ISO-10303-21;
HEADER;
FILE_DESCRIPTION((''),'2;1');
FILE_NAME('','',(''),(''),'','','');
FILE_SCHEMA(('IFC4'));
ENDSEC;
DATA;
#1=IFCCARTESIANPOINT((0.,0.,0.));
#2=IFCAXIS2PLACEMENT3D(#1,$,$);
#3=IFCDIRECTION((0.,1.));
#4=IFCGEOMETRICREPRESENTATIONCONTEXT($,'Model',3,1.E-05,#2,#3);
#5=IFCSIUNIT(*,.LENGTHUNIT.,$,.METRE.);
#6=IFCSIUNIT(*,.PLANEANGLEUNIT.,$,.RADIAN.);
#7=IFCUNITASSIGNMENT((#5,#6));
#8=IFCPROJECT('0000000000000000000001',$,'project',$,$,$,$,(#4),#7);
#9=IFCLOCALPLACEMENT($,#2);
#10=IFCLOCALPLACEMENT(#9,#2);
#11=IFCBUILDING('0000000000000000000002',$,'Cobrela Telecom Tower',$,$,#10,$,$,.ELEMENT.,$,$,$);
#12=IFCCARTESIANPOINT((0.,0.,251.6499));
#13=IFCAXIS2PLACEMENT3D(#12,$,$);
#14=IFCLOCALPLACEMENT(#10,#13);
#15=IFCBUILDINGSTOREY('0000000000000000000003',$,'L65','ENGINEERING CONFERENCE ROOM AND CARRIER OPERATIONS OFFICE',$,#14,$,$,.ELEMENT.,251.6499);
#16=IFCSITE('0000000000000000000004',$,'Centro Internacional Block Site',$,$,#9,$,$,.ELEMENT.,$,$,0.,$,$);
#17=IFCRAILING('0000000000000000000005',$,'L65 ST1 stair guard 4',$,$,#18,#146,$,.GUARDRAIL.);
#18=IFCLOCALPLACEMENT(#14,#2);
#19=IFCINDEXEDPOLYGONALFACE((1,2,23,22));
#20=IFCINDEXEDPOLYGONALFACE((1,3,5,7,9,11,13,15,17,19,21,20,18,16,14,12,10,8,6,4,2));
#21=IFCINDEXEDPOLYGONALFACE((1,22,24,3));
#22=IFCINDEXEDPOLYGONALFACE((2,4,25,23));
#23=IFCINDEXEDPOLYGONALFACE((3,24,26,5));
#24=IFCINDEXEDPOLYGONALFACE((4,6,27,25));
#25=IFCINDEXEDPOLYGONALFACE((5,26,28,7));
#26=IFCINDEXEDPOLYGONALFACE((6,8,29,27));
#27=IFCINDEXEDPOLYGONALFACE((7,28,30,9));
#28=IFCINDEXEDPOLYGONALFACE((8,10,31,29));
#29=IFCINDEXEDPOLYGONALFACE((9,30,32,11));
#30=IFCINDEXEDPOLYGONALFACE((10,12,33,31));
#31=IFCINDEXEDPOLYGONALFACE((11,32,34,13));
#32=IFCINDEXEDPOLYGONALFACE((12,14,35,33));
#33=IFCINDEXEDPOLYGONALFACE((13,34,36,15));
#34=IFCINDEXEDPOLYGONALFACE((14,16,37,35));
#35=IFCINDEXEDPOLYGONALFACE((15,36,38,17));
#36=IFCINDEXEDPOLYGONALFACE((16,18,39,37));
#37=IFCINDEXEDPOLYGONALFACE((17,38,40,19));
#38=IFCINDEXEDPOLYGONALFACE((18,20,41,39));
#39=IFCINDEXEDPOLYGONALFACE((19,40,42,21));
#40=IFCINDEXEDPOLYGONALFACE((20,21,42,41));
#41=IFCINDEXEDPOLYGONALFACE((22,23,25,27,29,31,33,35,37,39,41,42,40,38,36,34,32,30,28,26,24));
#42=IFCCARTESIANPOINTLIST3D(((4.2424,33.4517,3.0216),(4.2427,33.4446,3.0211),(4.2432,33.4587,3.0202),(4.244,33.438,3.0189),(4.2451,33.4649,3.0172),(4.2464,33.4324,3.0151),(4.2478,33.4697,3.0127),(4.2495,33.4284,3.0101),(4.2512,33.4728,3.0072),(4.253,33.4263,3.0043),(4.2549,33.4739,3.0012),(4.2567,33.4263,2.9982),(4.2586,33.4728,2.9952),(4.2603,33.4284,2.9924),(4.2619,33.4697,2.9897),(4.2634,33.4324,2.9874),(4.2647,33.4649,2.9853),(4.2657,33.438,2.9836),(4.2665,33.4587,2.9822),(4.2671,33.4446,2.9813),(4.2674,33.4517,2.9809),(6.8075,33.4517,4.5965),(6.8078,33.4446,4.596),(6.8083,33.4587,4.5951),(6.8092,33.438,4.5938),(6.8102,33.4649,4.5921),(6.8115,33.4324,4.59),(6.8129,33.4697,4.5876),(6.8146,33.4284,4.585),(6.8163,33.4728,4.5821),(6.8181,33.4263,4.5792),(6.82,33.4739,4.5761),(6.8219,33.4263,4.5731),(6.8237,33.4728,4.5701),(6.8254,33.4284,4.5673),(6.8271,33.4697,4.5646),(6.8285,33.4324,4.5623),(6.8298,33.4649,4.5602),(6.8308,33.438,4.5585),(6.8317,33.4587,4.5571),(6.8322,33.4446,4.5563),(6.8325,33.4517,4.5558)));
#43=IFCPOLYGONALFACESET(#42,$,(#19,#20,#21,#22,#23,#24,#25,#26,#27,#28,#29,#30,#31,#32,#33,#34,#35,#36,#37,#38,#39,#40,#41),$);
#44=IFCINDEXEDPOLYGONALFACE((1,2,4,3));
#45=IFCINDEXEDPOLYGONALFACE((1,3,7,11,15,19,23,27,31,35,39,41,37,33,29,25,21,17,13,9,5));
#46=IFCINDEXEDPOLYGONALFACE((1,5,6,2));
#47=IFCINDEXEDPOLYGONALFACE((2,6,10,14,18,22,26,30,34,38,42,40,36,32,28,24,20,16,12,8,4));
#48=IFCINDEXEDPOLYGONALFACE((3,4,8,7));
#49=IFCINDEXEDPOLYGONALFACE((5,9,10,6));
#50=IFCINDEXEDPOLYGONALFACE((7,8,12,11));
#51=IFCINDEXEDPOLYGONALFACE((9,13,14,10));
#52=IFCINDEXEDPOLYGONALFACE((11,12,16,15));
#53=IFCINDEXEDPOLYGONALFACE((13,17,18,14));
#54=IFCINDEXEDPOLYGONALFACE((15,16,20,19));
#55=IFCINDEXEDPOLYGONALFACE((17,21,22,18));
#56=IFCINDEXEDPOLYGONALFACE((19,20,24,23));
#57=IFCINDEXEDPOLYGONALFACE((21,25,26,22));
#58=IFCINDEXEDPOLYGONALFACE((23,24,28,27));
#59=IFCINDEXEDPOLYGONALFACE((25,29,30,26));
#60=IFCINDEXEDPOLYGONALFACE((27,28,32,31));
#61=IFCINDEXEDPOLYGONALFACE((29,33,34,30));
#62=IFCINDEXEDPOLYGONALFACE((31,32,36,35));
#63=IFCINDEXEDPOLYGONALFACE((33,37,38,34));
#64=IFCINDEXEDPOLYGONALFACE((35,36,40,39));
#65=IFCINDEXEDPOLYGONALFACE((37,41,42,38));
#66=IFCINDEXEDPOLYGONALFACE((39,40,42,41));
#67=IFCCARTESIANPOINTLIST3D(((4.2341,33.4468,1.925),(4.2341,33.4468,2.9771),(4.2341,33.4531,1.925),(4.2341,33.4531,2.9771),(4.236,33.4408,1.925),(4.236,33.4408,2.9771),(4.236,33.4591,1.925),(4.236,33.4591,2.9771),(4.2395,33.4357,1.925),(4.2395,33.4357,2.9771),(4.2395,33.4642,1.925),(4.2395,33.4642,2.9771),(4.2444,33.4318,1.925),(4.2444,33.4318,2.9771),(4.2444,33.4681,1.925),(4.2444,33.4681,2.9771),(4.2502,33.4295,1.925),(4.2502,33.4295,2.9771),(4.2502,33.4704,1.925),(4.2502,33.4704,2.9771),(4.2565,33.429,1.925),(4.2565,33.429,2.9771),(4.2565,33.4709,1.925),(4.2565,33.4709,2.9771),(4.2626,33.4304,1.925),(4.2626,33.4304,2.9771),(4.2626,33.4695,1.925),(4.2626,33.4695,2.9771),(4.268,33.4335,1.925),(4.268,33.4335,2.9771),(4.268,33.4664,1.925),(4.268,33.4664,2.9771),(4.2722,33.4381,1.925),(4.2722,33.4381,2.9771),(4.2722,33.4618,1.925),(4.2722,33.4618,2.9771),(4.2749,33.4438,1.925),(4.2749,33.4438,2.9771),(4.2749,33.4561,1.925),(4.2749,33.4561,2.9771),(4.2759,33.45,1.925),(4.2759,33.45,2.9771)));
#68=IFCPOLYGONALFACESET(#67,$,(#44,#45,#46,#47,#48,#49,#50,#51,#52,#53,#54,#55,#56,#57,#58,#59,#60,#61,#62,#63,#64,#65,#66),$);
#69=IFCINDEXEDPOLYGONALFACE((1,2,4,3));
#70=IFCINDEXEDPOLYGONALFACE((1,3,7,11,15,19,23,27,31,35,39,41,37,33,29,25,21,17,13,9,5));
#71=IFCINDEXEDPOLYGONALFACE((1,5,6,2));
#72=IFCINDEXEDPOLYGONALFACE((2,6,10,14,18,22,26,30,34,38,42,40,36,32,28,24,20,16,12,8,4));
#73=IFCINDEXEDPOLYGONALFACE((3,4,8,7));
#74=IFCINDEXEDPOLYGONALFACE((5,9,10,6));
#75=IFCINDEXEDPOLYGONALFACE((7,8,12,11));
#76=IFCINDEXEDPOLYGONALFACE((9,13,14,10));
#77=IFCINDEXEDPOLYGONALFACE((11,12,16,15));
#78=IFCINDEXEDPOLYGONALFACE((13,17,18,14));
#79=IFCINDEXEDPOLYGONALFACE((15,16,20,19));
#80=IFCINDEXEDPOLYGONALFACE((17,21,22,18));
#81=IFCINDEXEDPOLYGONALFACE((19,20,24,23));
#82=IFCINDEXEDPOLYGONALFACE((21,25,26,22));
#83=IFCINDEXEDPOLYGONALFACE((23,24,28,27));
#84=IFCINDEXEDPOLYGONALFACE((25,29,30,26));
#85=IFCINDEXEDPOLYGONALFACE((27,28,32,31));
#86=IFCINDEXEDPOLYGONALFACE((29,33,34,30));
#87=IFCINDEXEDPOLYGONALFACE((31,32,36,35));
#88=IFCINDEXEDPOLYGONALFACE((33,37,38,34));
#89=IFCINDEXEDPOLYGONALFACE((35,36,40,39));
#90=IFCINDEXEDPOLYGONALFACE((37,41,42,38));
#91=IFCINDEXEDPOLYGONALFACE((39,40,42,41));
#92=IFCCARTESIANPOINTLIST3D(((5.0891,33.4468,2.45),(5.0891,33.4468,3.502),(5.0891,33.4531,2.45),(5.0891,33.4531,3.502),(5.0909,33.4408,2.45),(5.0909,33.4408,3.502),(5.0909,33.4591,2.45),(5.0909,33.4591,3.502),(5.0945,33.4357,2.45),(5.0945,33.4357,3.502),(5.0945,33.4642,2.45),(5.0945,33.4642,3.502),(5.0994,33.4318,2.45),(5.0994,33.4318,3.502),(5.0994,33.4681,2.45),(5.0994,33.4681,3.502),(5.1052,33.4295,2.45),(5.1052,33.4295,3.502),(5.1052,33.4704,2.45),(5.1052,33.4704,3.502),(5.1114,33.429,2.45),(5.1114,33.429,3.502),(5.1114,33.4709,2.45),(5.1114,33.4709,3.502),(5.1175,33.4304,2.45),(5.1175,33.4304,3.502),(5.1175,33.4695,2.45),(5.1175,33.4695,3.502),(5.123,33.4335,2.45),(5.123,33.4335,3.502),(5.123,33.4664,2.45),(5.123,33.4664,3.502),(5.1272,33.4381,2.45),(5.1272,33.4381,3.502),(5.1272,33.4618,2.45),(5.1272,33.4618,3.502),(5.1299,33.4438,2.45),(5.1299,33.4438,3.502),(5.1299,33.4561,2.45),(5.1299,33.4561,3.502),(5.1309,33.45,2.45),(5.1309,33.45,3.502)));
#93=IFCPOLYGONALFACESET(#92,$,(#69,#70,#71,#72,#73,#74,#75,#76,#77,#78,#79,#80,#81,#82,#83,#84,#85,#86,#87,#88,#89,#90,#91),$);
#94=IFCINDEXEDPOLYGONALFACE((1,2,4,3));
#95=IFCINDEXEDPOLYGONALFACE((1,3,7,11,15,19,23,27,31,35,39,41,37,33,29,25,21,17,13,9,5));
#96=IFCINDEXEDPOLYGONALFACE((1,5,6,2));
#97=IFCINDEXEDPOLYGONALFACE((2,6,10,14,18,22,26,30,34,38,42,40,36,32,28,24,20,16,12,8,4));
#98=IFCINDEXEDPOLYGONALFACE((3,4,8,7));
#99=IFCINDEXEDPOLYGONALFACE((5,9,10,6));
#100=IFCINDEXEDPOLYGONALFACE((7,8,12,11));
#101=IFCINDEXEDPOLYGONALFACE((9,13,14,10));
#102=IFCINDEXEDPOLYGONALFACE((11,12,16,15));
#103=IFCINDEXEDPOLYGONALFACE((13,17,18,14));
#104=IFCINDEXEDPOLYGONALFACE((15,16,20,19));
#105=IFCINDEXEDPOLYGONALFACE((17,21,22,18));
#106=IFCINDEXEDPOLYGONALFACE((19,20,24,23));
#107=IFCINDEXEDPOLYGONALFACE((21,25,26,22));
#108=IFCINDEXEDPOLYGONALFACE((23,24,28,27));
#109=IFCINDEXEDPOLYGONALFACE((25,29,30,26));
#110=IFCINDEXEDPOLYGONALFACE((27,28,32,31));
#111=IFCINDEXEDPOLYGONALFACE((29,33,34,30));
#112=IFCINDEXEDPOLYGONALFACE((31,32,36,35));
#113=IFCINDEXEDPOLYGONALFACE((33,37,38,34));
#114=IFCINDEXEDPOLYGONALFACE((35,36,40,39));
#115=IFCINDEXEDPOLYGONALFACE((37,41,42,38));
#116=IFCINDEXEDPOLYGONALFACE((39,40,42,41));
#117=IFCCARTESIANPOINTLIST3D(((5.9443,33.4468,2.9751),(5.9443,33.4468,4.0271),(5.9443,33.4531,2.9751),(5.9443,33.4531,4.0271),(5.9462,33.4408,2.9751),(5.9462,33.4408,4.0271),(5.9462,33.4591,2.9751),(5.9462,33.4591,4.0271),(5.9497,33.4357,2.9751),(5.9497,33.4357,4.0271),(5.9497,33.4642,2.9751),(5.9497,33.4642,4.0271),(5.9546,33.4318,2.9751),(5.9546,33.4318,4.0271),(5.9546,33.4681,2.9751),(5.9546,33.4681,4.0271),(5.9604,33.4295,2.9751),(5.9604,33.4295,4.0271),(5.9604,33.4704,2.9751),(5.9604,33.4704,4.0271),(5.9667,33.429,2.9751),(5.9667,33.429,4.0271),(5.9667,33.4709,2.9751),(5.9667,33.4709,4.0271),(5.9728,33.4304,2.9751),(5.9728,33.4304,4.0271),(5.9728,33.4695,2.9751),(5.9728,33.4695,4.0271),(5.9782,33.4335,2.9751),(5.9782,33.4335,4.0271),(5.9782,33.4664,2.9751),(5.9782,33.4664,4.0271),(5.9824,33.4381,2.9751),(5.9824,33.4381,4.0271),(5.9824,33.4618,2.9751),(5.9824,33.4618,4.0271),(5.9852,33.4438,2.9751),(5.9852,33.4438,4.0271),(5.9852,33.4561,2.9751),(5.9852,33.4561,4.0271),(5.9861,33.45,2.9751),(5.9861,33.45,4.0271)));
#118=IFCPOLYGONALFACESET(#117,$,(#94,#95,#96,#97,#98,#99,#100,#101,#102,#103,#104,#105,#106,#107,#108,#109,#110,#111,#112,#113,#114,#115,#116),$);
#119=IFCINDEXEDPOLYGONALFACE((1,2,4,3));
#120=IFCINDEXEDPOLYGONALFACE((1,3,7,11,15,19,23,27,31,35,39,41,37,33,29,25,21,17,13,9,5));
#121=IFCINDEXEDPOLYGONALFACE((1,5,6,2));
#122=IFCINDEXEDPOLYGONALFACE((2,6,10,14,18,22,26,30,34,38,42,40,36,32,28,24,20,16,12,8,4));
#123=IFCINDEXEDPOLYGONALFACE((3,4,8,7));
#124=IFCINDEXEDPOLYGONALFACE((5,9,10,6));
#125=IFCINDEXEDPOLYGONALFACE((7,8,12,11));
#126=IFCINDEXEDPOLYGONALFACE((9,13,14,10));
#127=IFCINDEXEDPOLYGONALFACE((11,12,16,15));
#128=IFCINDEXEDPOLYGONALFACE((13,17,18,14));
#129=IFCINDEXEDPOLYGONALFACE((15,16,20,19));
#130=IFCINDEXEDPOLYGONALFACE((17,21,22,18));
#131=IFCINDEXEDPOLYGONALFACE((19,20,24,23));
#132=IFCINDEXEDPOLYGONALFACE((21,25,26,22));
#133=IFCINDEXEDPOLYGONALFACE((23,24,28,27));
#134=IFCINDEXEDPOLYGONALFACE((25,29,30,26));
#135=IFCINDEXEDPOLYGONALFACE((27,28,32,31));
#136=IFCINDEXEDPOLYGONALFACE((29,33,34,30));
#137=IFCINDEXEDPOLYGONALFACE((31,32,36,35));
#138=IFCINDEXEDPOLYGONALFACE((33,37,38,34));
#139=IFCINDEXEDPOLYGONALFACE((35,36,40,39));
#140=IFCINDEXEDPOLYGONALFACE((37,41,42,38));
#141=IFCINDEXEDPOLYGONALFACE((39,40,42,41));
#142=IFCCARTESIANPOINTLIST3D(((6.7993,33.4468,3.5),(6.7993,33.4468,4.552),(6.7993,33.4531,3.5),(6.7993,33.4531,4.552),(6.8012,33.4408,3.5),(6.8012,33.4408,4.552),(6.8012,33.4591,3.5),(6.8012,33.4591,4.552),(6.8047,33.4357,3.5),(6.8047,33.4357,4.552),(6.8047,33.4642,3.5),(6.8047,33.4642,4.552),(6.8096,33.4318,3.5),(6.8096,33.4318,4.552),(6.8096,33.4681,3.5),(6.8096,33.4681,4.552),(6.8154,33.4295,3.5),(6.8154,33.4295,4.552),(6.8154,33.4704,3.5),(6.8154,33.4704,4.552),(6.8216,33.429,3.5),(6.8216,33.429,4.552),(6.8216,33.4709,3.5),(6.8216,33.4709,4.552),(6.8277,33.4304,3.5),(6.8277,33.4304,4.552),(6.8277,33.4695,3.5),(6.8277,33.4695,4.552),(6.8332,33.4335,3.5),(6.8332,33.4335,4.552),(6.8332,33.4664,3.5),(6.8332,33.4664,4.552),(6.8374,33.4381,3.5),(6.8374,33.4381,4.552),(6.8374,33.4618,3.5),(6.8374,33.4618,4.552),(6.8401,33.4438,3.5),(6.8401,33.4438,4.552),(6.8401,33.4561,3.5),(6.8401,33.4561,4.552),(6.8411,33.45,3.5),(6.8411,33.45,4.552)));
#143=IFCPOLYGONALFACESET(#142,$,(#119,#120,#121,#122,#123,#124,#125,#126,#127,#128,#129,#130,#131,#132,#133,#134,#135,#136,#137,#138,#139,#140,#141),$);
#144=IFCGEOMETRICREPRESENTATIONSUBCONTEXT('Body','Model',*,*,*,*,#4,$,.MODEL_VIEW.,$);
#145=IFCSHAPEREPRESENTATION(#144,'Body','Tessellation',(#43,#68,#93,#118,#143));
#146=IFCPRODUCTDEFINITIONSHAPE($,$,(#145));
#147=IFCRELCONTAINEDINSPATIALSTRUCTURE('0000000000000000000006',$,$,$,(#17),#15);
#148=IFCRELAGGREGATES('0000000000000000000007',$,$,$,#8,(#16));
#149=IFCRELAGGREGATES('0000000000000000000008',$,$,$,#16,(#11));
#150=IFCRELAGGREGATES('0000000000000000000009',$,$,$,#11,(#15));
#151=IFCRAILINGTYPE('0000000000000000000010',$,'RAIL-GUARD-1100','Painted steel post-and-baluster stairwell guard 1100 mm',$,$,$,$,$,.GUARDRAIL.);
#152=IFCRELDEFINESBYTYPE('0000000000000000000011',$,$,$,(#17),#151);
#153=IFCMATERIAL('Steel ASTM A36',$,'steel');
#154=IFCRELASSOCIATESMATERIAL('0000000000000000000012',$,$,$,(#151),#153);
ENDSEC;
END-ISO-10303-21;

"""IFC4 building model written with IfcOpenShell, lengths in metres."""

from ifc_helpers import new_model, si_unit, direction, frame, origin, origin_2d, place, context, subcontext, project, spatial, circle, extrude, material, type_object, element, save


model = new_model("IFC4")

# Units and contexts
model_context = context("Model", 3, precision=1e-05, world=origin(), true_north=direction((0.0, 1.0)))
body_context = subcontext(model_context, "Body", "Model", "MODEL_VIEW")
ifc_project = project(units=[si_unit("LENGTHUNIT", "METRE"), si_unit("PLANEANGLEUNIT", "RADIAN")], contexts=[model_context])

# Site, building, storey
site_placement = place(None, origin())
site = spatial("IfcSite", under=ifc_project, at=site_placement, Name="Centro Internacional Block Site", CompositionType="ELEMENT", RefElevation=0.0)
building_placement = place(site_placement, origin())
building = spatial("IfcBuilding", under=site, at=building_placement, Name="Cobrela Telecom Tower", CompositionType="ELEMENT")
storey_placement = place(building_placement, frame((0.0, 0.0, 251.6499)))
storey = spatial("IfcBuildingStorey", under=building, at=storey_placement, Name="L65", Description="ENGINEERING CONFERENCE ROOM AND CARRIER OPERATIONS OFFICE", CompositionType="ELEMENT", Elevation=251.6499)

# Shared definitions
ifc_material_1 = material(Name="Steel ASTM A36", Category="steel")

# Railing
railing_type_1 = type_object("IfcRailingType", Name="RAIL-GUARD-1100", Description="Painted steel post-and-baluster stairwell guard 1100 mm", PredefinedType="GUARDRAIL", material=ifc_material_1)
railing_1_placement = place(storey_placement, frame((4.2549, 33.45, 1.925)))
element("IfcRailing", 1, at=railing_1_placement, inside=storey, type_object=railing_type_1, Name="L65 ST1 stair guard 4", PredefinedType="GUARDRAIL", context=body_context, shape_type="SweptSolid", body=[
    extrude(circle(Radius=0.0239, at=origin_2d()), frame((0.0, 0.0, 1.0762), z_axis=(0.852195, 0.0, 0.523224), x_axis=(0.0, 1.0, 0.0)), (0.0, 0.0, 1.0), 3.01),
    extrude(circle(Radius=0.021, at=origin_2d()), origin(), (0.0, 0.0, 1.0), 1.052),
    extrude(circle(Radius=0.021, at=origin_2d()), frame((0.855, 0.0, 0.5249)), (0.0, 0.0, 1.0), 1.052),
    extrude(circle(Radius=0.021, at=origin_2d()), frame((1.7102, 0.0, 1.05)), (0.0, 0.0, 1.0), 1.052),
    extrude(circle(Radius=0.021, at=origin_2d()), frame((2.5652, 0.0, 1.575)), (0.0, 0.0, 1.0), 1.052),
])

save(model, "model.ifc")
